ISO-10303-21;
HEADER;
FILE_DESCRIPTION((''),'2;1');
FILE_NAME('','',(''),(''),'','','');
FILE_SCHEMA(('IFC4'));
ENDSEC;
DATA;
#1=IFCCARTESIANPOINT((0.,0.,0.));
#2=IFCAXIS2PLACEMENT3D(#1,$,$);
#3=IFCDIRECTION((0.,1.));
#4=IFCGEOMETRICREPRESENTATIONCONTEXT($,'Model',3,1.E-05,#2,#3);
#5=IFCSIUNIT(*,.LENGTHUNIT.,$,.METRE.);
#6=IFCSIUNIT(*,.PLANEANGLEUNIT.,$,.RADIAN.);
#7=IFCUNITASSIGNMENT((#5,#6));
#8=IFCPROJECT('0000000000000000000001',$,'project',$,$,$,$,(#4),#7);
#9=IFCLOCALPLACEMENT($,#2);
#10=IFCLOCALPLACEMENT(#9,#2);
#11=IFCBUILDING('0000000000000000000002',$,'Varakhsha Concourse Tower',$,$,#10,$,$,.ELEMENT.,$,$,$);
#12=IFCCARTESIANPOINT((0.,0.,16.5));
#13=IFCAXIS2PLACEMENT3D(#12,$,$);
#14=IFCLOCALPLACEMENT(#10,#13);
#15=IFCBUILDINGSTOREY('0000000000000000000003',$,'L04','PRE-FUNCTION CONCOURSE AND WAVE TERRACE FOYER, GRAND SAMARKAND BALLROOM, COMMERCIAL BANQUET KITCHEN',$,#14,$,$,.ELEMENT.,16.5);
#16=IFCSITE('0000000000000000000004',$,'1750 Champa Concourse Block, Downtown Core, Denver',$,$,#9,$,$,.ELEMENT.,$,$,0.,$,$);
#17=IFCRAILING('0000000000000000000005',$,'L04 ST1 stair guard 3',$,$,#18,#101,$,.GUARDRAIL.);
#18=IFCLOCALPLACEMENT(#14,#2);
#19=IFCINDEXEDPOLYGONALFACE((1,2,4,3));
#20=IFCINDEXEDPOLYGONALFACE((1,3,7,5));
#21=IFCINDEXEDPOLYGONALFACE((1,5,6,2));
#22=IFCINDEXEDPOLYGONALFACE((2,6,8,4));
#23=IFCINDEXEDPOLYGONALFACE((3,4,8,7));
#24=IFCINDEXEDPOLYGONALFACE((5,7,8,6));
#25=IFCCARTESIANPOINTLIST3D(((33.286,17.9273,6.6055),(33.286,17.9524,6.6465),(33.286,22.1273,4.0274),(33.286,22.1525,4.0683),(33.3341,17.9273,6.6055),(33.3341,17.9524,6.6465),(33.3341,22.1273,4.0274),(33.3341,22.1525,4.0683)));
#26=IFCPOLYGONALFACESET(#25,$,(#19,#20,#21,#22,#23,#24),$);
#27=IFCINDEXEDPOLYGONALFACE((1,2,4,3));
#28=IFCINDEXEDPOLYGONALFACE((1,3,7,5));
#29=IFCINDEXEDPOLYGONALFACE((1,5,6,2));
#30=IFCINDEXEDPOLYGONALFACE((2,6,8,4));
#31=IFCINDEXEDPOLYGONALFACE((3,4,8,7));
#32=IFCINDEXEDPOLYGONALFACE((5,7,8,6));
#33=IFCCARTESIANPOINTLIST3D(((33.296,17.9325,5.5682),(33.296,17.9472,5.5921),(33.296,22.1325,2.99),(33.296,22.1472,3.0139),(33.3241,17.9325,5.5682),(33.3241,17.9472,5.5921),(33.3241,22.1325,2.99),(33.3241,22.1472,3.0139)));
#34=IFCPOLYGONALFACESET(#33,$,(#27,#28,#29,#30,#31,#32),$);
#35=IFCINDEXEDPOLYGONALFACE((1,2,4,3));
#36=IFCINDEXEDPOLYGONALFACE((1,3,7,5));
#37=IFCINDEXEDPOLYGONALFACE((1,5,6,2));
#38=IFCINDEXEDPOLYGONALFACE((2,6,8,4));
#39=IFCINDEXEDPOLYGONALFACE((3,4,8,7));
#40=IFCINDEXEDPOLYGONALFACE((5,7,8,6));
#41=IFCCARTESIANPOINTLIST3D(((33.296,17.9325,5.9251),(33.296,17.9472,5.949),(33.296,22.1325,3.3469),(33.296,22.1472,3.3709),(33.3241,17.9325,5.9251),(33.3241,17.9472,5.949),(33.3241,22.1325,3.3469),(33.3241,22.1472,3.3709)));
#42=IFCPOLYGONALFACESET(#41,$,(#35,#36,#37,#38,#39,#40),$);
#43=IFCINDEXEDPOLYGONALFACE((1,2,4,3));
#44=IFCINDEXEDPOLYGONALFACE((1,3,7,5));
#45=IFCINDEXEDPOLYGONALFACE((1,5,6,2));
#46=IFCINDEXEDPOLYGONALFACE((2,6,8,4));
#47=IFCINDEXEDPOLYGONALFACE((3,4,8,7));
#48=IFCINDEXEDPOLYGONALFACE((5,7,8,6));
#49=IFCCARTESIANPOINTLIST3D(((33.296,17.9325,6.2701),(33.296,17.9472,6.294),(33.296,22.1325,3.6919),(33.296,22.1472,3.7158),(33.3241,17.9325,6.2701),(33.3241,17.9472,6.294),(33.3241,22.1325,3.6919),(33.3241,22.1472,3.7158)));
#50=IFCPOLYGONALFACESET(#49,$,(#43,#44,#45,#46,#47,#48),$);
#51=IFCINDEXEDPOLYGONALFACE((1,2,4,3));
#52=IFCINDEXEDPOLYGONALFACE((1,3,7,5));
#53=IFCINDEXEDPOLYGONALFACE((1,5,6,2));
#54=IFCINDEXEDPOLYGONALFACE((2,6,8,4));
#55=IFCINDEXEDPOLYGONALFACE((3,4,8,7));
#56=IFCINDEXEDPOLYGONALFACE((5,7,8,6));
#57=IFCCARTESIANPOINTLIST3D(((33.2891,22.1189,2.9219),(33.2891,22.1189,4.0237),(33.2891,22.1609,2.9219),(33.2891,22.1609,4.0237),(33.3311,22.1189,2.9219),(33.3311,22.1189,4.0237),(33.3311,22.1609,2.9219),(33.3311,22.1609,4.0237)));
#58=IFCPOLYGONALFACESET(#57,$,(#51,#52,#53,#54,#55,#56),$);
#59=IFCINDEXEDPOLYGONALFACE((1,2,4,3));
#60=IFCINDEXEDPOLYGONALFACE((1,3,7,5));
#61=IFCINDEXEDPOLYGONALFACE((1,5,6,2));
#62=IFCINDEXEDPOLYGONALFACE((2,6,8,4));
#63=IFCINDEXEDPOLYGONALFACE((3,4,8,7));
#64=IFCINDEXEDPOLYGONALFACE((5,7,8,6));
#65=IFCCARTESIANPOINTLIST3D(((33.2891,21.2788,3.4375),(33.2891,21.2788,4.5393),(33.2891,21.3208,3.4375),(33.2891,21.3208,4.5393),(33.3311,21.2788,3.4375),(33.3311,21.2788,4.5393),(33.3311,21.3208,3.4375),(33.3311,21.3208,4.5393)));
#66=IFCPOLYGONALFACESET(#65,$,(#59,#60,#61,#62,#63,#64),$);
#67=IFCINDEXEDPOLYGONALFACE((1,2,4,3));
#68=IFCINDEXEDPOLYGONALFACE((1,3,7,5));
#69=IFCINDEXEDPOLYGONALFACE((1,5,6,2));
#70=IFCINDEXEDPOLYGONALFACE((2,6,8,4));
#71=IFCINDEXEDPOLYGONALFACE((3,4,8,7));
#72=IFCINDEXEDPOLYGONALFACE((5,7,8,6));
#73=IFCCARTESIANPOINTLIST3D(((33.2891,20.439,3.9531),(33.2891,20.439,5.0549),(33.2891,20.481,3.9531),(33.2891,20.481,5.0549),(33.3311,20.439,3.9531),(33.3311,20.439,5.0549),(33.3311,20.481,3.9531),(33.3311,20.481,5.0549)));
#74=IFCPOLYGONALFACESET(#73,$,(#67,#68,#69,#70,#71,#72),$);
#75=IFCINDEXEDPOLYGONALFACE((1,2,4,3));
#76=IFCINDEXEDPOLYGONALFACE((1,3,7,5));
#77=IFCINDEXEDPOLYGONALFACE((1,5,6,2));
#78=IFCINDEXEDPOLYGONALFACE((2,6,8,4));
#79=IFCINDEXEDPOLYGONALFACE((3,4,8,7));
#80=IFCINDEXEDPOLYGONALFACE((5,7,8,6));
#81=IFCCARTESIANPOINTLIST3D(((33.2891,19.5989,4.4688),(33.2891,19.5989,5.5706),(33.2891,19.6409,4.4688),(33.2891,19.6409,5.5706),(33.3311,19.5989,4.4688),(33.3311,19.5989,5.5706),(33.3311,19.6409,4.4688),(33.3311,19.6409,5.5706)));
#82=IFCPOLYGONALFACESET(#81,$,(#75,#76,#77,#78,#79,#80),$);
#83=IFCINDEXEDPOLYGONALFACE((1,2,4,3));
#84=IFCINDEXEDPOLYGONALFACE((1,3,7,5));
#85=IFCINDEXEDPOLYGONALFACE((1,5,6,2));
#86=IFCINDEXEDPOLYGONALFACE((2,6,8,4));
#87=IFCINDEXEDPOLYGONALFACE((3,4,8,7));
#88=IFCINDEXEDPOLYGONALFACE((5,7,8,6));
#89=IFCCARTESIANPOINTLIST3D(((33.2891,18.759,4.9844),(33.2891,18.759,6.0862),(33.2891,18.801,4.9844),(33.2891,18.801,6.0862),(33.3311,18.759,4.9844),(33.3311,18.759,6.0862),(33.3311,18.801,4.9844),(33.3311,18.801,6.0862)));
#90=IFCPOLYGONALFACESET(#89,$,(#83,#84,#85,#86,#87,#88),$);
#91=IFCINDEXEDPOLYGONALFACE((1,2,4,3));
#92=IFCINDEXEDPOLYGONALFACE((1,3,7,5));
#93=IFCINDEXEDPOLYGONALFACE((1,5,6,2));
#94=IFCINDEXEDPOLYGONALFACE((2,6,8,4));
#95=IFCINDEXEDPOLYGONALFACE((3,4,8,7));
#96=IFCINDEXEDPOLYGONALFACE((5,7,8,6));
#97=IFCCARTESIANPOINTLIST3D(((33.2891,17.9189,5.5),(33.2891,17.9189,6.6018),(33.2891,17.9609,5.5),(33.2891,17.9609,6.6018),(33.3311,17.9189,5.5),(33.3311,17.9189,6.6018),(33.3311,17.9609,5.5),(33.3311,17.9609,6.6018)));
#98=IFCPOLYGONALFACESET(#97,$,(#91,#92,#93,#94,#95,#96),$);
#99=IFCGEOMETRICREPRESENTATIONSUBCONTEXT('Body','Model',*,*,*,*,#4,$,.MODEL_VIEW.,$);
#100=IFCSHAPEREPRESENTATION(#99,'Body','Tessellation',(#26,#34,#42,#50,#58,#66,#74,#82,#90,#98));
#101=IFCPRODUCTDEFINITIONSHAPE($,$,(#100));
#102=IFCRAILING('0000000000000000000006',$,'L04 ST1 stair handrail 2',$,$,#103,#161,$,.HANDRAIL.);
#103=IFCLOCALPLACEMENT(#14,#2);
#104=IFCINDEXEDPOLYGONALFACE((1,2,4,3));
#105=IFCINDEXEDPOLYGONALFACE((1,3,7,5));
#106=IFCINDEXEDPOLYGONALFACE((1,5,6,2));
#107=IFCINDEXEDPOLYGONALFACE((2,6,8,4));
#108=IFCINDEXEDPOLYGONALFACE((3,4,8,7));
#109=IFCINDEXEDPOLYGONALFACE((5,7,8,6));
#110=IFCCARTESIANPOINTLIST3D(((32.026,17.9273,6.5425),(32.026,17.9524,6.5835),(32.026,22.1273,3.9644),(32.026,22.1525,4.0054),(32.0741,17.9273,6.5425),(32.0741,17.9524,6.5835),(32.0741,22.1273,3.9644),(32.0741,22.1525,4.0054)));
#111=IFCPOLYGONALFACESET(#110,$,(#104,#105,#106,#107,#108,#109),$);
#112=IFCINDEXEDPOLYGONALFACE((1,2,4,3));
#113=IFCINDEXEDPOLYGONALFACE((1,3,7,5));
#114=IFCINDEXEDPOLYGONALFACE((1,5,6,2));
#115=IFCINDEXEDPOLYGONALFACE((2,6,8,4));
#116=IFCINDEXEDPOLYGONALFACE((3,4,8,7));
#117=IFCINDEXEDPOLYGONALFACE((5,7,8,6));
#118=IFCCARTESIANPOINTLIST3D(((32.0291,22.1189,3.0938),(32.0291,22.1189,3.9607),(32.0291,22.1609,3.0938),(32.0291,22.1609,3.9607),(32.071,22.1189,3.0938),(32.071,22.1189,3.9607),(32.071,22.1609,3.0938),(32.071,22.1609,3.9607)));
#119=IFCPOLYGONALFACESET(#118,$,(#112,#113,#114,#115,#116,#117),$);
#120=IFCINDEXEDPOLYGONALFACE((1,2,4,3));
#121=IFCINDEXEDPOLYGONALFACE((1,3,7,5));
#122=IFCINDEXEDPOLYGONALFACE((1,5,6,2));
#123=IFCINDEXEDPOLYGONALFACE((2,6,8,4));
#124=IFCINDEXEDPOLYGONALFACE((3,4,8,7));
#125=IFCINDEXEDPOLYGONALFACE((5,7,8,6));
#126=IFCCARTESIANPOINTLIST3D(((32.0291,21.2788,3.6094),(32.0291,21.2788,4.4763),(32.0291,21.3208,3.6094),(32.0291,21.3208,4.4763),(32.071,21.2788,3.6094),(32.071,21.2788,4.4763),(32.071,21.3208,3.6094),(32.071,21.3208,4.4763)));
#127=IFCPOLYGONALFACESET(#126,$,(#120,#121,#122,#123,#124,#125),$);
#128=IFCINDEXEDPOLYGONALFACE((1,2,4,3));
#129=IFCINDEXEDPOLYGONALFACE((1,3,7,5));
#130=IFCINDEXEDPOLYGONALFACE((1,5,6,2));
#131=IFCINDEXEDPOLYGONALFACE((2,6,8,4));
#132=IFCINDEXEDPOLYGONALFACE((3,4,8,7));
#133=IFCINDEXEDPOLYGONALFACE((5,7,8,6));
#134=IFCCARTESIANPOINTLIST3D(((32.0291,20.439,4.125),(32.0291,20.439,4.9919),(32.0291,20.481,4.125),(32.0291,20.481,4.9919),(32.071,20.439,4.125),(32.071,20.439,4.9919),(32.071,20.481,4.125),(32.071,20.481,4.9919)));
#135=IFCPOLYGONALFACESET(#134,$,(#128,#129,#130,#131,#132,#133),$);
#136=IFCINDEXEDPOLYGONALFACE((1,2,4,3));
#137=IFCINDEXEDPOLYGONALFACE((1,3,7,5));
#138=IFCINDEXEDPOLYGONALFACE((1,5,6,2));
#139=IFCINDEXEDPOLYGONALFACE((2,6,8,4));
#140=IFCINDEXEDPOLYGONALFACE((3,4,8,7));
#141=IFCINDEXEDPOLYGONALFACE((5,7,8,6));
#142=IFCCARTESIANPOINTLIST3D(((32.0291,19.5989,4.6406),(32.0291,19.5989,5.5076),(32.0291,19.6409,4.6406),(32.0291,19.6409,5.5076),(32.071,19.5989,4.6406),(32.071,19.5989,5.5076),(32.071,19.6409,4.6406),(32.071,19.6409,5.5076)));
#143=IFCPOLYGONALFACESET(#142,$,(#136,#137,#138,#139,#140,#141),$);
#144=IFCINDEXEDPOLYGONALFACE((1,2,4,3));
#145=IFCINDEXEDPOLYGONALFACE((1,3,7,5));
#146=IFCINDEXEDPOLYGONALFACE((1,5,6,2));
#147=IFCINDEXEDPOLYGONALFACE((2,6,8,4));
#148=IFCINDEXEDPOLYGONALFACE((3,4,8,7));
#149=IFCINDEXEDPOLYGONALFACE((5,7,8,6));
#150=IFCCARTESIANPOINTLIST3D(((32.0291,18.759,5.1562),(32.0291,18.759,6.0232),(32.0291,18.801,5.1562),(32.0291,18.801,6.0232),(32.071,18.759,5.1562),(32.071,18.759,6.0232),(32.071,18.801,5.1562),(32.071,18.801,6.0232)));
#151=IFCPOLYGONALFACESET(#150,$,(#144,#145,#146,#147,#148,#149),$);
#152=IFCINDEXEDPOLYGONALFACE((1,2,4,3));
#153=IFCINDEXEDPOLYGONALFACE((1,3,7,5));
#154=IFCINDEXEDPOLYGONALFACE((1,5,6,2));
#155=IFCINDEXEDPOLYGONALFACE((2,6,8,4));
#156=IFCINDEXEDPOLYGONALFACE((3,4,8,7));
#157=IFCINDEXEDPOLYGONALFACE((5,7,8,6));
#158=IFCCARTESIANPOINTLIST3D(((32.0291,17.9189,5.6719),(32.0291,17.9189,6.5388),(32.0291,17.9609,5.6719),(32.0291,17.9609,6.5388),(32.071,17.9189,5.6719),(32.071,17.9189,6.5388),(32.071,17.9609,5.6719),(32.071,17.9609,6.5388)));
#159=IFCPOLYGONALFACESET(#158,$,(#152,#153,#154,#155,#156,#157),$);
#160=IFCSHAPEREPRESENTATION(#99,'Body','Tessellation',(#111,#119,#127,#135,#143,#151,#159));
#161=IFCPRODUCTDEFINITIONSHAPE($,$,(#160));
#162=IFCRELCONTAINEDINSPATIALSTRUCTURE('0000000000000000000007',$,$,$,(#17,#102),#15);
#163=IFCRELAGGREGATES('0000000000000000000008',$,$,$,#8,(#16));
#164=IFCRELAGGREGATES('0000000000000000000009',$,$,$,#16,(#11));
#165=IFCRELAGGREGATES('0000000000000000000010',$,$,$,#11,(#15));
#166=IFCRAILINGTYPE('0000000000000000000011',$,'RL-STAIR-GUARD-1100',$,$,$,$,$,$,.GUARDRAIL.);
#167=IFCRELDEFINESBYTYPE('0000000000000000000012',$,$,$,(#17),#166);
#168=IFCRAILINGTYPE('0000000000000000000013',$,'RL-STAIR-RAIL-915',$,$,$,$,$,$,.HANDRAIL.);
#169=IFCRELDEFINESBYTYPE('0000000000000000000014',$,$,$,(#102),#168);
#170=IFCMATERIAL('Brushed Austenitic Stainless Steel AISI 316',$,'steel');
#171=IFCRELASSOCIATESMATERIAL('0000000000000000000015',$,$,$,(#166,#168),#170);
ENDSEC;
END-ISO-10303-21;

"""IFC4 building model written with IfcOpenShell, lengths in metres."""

from ifc_helpers import new_model, si_unit, direction, frame, origin, origin_2d, place, context, subcontext, project, spatial, rectangle, extrude, material, type_object, element, save


model = new_model("IFC4")

# Units and contexts
model_context = context("Model", 3, precision=1e-05, world=origin(), true_north=direction((0.0, 1.0)))
body_context = subcontext(model_context, "Body", "Model", "MODEL_VIEW")
ifc_project = project(units=[si_unit("LENGTHUNIT", "METRE"), si_unit("PLANEANGLEUNIT", "RADIAN")], contexts=[model_context])

# Site, building, storey
site_placement = place(None, origin())
site = spatial("IfcSite", under=ifc_project, at=site_placement, Name="1750 Champa Concourse Block, Downtown Core, Denver", CompositionType="ELEMENT", RefElevation=0.0)
building_placement = place(site_placement, origin())
building = spatial("IfcBuilding", under=site, at=building_placement, Name="Varakhsha Concourse Tower", CompositionType="ELEMENT")
storey_placement = place(building_placement, frame((0.0, 0.0, 16.5)))
storey = spatial("IfcBuildingStorey", under=building, at=storey_placement, Name="L04", Description="PRE-FUNCTION CONCOURSE AND WAVE TERRACE FOYER, GRAND SAMARKAND BALLROOM, COMMERCIAL BANQUET KITCHEN", CompositionType="ELEMENT", Elevation=16.5)

# Shared definitions
ifc_material_1 = material(Name="Brushed Austenitic Stainless Steel AISI 316", Category="steel")

# Railings
railing_type_1 = type_object("IfcRailingType", Name="RL-STAIR-GUARD-1100", PredefinedType="GUARDRAIL", material=ifc_material_1)
railing_1_placement = place(storey_placement, frame((33.3101, 22.1399, 2.9219)))
element("IfcRailing", 1, at=railing_1_placement, inside=storey, type_object=railing_type_1, Name="L04 ST1 stair guard 3", PredefinedType="GUARDRAIL", context=body_context, shape_type="SweptSolid", body=[
    extrude(rectangle(XDim=0.0481, YDim=0.0481, at=origin_2d()), frame((0.0, 0.0, 1.126), z_axis=(0.0, -0.852243, 0.523146), x_axis=(1.0, 0.0, 0.0)), (0.0, 0.0, 1.0), 4.9282),
    extrude(rectangle(XDim=0.0281, YDim=0.0281, at=origin_2d()), frame((0.0, 0.0, 0.0801), z_axis=(0.0, -0.852243, 0.523146), x_axis=(1.0, 0.0, 0.0)), (0.0, 0.0, 1.0), 4.9282),
    extrude(rectangle(XDim=0.0281, YDim=0.0281, at=origin_2d()), frame((0.0, 0.0, 0.437), z_axis=(0.0, -0.852243, 0.523146), x_axis=(1.0, 0.0, 0.0)), (0.0, 0.0, 1.0), 4.9282),
    extrude(rectangle(XDim=0.0281, YDim=0.0281, at=origin_2d()), frame((0.0, 0.0, 0.782), z_axis=(0.0, -0.852243, 0.523146), x_axis=(1.0, 0.0, 0.0)), (0.0, 0.0, 1.0), 4.9282),
    extrude(rectangle(XDim=0.042, YDim=0.042, at=origin_2d()), origin(), (0.0, 0.0, 1.0), 1.1018),
    extrude(rectangle(XDim=0.042, YDim=0.042, at=origin_2d()), frame((0.0, -0.8401, 0.5156)), (0.0, 0.0, 1.0), 1.1018),
    extrude(rectangle(XDim=0.042, YDim=0.042, at=origin_2d()), frame((0.0, -1.6799, 1.0312)), (0.0, 0.0, 1.0), 1.1018),
    extrude(rectangle(XDim=0.042, YDim=0.042, at=origin_2d()), frame((0.0, -2.52, 1.5469)), (0.0, 0.0, 1.0), 1.1018),
    extrude(rectangle(XDim=0.042, YDim=0.042, at=origin_2d()), frame((0.0, -3.3599, 2.0625)), (0.0, 0.0, 1.0), 1.1018),
    extrude(rectangle(XDim=0.042, YDim=0.042, at=origin_2d()), frame((0.0, -4.2, 2.5781)), (0.0, 0.0, 1.0), 1.1018),
])
railing_type_2 = type_object("IfcRailingType", Name="RL-STAIR-RAIL-915", PredefinedType="HANDRAIL", material=ifc_material_1)
railing_2_placement = place(storey_placement, frame((32.05, 22.1399, 3.0938)))
element("IfcRailing", 2, at=railing_2_placement, inside=storey, type_object=railing_type_2, Name="L04 ST1 stair handrail 2", PredefinedType="HANDRAIL", context=body_context, shape_type="SweptSolid", body=[
    extrude(rectangle(XDim=0.0481, YDim=0.0481, at=origin_2d()), frame((0.0, 0.0, 0.8911), z_axis=(0.0, -0.852243, 0.523146), x_axis=(1.0, 0.0, 0.0)), (0.0, 0.0, 1.0), 4.9282),
    extrude(rectangle(XDim=0.042, YDim=0.042, at=origin_2d()), origin(), (0.0, 0.0, 1.0), 0.8669),
    extrude(rectangle(XDim=0.042, YDim=0.042, at=origin_2d()), frame((0.0, -0.8401, 0.5156)), (0.0, 0.0, 1.0), 0.8669),
    extrude(rectangle(XDim=0.042, YDim=0.042, at=origin_2d()), frame((0.0, -1.6799, 1.0312)), (0.0, 0.0, 1.0), 0.8669),
    extrude(rectangle(XDim=0.042, YDim=0.042, at=origin_2d()), frame((0.0, -2.52, 1.5469)), (0.0, 0.0, 1.0), 0.8669),
    extrude(rectangle(XDim=0.042, YDim=0.042, at=origin_2d()), frame((0.0, -3.3599, 2.0625)), (0.0, 0.0, 1.0), 0.8669),
    extrude(rectangle(XDim=0.042, YDim=0.042, at=origin_2d()), frame((0.0, -4.2, 2.5781)), (0.0, 0.0, 1.0), 0.8669),
])

save(model, "model.ifc")
